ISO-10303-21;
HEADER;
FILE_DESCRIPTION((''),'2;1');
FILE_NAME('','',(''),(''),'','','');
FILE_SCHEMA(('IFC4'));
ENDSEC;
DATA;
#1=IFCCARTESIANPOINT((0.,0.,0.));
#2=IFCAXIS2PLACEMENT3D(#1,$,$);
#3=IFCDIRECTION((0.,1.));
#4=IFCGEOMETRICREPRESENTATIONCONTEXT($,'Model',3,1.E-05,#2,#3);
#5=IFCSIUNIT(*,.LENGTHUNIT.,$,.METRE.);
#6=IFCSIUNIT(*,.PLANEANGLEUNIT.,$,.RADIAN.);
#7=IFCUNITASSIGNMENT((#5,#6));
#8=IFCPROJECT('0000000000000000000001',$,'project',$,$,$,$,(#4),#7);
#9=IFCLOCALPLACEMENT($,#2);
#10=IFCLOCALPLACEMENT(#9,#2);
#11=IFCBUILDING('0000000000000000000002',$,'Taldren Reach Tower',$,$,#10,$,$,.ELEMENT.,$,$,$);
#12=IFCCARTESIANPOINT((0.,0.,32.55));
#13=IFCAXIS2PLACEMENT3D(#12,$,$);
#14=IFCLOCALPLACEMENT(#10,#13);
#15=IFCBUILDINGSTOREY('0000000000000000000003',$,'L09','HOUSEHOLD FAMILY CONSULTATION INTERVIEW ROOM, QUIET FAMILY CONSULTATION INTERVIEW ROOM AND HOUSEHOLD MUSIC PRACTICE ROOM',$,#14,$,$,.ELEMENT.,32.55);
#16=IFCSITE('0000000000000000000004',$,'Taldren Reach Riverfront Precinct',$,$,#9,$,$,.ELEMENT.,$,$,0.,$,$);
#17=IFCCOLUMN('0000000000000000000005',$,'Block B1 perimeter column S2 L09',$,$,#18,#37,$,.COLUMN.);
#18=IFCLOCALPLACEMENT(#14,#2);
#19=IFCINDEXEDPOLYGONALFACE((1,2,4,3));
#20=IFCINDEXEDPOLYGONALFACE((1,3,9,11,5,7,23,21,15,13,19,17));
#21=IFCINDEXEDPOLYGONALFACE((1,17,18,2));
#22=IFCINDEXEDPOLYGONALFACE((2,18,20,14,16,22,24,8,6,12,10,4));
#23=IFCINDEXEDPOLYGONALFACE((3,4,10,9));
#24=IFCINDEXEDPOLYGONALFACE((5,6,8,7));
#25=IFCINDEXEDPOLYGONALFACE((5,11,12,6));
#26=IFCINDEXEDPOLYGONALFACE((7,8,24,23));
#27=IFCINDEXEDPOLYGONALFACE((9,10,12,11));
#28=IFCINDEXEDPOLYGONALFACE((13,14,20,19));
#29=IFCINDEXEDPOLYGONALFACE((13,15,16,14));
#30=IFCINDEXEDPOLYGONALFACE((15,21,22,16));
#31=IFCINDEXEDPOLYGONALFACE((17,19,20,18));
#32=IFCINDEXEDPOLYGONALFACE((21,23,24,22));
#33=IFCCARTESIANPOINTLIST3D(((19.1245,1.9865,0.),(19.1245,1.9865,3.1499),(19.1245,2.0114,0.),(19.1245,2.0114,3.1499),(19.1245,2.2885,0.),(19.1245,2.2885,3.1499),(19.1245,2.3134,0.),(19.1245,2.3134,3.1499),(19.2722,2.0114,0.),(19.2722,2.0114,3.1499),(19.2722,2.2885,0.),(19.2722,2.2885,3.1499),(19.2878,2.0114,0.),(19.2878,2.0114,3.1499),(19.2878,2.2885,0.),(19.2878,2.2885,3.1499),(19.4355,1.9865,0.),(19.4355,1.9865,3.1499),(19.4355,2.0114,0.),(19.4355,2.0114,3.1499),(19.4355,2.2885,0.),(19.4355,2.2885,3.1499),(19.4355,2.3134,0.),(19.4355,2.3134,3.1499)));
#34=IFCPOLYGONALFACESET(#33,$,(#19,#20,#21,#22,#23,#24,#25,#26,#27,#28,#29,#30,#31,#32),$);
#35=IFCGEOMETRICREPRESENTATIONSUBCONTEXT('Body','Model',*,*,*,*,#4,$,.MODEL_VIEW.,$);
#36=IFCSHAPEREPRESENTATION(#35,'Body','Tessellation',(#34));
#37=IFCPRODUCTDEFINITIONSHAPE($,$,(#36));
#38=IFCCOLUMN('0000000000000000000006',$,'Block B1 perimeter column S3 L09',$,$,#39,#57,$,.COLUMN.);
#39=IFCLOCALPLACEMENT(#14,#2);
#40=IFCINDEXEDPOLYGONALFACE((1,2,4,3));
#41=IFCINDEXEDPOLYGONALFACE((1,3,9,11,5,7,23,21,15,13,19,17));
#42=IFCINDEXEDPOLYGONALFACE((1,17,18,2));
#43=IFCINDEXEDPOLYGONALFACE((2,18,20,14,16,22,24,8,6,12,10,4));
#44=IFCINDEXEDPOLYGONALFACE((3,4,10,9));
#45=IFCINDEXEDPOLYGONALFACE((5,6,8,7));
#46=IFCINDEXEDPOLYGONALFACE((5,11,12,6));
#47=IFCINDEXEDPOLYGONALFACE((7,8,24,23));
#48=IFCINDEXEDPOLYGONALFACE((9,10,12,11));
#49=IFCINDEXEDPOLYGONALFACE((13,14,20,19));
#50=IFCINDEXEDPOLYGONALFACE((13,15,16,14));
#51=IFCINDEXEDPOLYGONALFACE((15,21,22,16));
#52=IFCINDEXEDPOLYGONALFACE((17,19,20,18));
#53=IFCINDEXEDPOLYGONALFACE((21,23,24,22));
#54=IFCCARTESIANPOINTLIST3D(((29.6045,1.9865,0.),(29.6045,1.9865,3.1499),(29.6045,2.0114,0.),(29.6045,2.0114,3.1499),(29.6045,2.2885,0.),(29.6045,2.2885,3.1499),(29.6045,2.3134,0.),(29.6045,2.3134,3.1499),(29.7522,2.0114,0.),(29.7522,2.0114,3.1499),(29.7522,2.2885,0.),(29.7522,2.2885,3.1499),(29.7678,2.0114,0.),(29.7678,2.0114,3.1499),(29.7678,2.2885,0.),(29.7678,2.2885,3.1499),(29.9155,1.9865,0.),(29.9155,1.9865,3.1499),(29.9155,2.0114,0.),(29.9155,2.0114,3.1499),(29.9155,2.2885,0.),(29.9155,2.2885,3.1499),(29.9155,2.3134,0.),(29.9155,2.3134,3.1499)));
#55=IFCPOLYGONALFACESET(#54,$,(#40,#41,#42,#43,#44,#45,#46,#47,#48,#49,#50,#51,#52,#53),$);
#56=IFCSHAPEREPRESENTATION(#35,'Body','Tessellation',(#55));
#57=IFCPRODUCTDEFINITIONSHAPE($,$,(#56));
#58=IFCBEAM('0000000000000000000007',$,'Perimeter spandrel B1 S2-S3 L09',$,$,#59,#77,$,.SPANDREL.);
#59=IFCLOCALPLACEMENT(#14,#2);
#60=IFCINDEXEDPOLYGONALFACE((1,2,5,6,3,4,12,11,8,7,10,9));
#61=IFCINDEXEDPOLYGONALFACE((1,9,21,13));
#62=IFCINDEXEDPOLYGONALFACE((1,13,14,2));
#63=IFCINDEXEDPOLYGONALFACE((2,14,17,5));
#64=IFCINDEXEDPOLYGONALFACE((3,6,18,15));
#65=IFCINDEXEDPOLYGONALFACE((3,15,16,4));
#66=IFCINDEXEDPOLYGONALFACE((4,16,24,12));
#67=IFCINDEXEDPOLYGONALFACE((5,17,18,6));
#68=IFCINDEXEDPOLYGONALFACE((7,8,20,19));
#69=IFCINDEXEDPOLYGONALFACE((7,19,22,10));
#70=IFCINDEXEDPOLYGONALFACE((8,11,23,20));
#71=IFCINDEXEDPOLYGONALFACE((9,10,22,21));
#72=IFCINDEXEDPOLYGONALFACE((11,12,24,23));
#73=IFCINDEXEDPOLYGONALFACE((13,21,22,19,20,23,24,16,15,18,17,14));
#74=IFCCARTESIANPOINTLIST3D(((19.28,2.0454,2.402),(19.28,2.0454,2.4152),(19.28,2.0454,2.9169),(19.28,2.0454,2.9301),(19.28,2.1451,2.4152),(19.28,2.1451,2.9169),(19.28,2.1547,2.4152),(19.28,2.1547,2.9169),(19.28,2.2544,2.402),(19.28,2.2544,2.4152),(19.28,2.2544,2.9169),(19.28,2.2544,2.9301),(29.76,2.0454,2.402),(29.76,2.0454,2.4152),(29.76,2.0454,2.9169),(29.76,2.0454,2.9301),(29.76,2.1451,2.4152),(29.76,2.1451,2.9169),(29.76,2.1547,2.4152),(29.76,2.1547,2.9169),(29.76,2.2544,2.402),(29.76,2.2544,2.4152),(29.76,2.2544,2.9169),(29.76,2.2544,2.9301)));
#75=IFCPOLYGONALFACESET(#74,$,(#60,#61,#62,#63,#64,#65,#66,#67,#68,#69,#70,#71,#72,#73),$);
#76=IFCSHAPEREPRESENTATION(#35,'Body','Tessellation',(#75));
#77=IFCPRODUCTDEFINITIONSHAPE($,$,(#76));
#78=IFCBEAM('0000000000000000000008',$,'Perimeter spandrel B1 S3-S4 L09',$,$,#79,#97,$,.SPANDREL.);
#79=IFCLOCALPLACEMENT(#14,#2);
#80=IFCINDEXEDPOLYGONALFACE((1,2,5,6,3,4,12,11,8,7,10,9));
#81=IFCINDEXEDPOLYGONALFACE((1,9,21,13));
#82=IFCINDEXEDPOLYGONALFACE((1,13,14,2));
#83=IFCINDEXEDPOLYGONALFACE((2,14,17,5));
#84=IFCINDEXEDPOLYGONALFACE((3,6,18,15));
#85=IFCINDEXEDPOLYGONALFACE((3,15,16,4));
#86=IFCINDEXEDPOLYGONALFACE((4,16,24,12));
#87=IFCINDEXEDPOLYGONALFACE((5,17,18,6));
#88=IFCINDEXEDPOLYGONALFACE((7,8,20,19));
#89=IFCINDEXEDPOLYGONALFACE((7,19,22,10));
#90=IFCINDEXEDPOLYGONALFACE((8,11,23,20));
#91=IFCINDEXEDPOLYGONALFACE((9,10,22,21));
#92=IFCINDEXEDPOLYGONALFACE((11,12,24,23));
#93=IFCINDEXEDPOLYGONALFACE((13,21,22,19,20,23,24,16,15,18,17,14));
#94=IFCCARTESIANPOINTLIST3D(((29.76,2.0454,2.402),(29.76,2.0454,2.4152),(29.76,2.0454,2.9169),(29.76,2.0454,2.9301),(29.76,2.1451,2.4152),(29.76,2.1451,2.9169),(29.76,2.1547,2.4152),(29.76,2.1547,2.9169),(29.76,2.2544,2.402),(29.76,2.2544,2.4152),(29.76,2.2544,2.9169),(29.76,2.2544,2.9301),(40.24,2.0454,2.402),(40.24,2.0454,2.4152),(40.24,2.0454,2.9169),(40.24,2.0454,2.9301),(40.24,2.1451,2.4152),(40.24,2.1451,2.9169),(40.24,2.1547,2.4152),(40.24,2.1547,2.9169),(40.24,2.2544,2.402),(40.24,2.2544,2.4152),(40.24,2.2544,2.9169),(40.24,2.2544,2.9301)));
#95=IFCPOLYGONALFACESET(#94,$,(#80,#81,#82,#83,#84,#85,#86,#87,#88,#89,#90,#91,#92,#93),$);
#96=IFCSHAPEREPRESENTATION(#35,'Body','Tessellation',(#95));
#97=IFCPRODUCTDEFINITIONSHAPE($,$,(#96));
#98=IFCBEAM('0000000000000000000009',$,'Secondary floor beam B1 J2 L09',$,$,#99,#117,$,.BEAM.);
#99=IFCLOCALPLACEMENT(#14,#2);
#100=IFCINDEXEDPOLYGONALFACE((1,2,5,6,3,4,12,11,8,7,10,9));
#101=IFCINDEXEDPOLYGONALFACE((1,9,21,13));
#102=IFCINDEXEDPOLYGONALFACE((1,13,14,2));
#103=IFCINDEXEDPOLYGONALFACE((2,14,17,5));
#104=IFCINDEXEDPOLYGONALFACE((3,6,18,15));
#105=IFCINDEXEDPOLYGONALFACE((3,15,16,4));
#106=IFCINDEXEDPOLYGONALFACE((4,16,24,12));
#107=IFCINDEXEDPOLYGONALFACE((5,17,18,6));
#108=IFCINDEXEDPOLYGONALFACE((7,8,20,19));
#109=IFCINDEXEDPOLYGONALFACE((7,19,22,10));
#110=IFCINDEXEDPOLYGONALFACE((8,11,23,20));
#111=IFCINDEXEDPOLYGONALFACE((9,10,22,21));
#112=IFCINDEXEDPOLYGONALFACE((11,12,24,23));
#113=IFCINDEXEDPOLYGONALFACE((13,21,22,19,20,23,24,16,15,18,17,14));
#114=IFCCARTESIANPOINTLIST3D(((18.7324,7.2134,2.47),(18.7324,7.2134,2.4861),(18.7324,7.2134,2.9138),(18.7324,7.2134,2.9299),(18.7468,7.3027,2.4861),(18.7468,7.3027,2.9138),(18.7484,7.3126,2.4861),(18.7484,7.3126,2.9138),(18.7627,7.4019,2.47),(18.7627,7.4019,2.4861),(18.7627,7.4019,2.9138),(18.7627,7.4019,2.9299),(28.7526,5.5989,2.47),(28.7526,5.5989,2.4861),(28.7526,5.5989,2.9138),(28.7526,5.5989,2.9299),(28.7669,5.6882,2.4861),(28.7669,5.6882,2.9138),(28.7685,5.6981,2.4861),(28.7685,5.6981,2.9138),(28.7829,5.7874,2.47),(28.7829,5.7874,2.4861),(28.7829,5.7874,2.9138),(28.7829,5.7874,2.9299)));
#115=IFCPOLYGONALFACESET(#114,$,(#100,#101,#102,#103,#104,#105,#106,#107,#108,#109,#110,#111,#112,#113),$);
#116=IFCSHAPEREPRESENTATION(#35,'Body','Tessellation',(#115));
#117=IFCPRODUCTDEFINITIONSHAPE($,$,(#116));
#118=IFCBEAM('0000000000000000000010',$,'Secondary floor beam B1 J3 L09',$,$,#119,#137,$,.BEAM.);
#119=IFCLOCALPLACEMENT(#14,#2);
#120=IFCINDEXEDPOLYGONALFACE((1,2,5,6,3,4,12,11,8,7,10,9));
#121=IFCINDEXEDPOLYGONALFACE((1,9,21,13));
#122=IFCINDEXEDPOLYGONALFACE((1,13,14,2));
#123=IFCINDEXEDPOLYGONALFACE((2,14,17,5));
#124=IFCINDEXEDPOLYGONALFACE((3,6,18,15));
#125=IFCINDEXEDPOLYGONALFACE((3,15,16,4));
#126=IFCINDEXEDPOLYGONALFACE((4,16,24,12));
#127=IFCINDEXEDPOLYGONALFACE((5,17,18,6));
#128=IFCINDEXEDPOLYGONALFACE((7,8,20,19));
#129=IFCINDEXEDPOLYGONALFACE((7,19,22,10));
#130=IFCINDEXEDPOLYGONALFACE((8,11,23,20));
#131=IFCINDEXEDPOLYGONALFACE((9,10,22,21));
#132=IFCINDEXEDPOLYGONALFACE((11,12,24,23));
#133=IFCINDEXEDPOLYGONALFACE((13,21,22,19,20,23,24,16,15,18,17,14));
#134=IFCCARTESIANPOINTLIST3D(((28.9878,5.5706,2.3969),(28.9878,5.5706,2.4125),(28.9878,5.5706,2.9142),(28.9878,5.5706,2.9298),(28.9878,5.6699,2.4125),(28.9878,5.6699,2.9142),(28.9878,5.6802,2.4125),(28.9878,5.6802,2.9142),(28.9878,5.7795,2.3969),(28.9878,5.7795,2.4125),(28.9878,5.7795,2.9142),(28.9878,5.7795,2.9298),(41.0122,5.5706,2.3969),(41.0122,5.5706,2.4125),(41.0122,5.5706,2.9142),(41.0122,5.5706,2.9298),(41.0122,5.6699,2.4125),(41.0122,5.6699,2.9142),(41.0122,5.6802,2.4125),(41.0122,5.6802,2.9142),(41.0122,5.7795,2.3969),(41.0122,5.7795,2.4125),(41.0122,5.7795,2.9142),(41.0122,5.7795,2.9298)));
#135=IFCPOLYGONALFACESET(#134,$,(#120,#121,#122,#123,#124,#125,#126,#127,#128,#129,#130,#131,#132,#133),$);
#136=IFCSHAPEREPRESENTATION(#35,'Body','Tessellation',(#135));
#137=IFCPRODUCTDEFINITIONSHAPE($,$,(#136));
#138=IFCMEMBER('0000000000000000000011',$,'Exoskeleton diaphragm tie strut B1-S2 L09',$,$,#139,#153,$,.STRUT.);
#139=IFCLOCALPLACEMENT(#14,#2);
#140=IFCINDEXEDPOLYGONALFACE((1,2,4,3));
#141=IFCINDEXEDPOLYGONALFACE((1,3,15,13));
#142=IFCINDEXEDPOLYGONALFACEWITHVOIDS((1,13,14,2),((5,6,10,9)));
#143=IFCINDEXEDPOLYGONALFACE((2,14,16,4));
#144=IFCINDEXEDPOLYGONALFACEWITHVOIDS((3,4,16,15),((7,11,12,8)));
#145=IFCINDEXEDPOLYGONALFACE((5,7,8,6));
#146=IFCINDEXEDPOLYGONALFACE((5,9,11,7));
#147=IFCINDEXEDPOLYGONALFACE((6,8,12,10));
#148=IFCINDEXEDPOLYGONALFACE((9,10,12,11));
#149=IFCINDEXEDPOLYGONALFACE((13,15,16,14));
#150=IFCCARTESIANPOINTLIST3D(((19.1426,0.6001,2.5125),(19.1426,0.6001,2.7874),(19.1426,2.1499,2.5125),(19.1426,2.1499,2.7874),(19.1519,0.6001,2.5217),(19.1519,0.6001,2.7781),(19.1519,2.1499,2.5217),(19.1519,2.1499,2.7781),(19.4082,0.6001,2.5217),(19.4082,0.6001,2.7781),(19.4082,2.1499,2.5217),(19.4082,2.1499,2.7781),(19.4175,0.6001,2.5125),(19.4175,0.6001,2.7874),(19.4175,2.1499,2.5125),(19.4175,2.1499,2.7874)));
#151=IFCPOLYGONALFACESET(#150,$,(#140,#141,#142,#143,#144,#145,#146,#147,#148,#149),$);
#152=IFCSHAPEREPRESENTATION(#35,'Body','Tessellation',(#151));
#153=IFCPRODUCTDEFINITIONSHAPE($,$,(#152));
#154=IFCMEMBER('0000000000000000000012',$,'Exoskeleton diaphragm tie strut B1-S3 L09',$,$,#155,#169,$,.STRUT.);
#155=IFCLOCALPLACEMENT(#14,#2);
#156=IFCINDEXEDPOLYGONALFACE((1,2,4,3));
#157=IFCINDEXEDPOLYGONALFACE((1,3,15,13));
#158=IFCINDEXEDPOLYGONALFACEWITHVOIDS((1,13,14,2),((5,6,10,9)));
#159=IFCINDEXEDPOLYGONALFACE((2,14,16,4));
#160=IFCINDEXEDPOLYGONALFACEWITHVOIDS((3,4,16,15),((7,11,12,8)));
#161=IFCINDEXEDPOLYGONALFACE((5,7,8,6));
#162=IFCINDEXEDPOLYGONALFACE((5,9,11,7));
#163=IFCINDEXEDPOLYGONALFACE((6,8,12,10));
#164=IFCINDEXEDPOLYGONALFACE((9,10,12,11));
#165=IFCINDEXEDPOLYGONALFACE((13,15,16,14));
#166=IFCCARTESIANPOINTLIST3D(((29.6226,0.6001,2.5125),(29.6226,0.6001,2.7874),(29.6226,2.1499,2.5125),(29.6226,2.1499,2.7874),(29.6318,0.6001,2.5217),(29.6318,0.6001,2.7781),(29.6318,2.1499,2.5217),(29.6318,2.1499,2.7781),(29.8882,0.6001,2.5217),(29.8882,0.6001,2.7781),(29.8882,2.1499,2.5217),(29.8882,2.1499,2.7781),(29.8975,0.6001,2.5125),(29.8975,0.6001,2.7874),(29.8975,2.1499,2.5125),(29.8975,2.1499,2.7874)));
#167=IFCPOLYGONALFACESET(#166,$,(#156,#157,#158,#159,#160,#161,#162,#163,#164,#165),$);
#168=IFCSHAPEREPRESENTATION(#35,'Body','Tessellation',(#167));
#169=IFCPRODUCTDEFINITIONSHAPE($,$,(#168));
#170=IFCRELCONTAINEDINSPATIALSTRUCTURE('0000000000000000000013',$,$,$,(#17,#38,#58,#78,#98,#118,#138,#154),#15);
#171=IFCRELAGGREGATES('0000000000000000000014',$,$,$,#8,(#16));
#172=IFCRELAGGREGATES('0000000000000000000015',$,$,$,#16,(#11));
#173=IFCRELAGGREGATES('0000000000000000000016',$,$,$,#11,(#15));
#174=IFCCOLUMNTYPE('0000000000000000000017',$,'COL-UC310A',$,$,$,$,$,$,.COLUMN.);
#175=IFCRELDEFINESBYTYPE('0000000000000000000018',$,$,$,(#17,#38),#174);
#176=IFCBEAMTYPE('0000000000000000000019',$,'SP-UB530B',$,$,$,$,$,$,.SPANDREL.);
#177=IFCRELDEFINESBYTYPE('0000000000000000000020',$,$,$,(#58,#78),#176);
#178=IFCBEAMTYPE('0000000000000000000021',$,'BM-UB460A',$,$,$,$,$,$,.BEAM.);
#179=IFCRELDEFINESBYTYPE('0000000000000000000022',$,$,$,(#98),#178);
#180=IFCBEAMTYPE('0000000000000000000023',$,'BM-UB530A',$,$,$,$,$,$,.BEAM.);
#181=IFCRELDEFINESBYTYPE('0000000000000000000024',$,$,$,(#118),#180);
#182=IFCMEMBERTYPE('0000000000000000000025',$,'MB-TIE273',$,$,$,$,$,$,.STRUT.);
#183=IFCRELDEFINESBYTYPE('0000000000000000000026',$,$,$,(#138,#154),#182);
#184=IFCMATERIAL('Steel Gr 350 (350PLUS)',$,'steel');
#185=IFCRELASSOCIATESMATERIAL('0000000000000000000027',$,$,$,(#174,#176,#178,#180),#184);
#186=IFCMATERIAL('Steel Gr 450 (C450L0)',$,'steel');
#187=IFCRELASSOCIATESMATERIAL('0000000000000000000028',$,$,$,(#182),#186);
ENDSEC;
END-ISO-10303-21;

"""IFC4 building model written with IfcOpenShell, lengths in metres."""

from ifc_helpers import new_model, si_unit, direction, frame, origin, origin_2d, place, context, subcontext, project, spatial, hollow_rectangle, i_section, extrude, source, transform, mapped, material, material_profile, profile_set, type_object, element, save


model = new_model("IFC4")

# Units and contexts
model_context = context("Model", 3, precision=1e-05, world=origin(), true_north=direction((0.0, 1.0)))
body_context = subcontext(model_context, "Body", "Model", "MODEL_VIEW")
ifc_project = project(units=[si_unit("LENGTHUNIT", "METRE"), si_unit("PLANEANGLEUNIT", "RADIAN")], contexts=[model_context])

# Site, building, storey
site_placement = place(None, origin())
site = spatial("IfcSite", under=ifc_project, at=site_placement, Name="Taldren Reach Riverfront Precinct", CompositionType="ELEMENT", RefElevation=0.0)
building_placement = place(site_placement, origin())
building = spatial("IfcBuilding", under=site, at=building_placement, Name="Taldren Reach Tower", CompositionType="ELEMENT")
storey_placement = place(building_placement, frame((0.0, 0.0, 32.55)))
storey = spatial("IfcBuildingStorey", under=building, at=storey_placement, Name="L09", Description="HOUSEHOLD FAMILY CONSULTATION INTERVIEW ROOM, QUIET FAMILY CONSULTATION INTERVIEW ROOM AND HOUSEHOLD MUSIC PRACTICE ROOM", CompositionType="ELEMENT", Elevation=32.55)

# Columns
ifc_material_1 = material(Name="Steel Gr 350 (350PLUS)", Category="steel")
ifc_material_profile_1 = material_profile(ifc_material_1, i_section(OverallWidth=0.311, OverallDepth=0.3269, WebThickness=0.0156, FlangeThickness=0.0249, at=origin_2d()), Name="310UC158")
ifc_profile_set_1 = profile_set([ifc_material_profile_1], Name="Steel Gr 350 (350PLUS)")
column_type = type_object("IfcColumnType", Name="COL-UC310A", PredefinedType="COLUMN", material=ifc_profile_set_1)
shared_shape_1 = source(origin(), body_context, "Body", "SweptSolid", [
    extrude(i_section(OverallWidth=0.311, OverallDepth=0.3269, WebThickness=0.0156, FlangeThickness=0.0249, at=origin_2d()), origin(), (0.0, 0.0, 1.0), 3.1499),
])
for number, where, z_axis, x_axis, name in (
    (1, (19.28, 2.1499, 0.0), (0.0, 0.0, 1.0), (1.0, 0.0, 0.0), "Block B1 perimeter column S2 L09"),
    (2, (29.76, 2.1499, 0.0), (0.0, 0.0, 1.0), (1.0, 0.0, 0.0), "Block B1 perimeter column S3 L09"),
):
    element("IfcColumn", number, at=place(storey_placement, frame(where, z_axis=z_axis, x_axis=x_axis)), inside=storey, type_object=column_type, Name=name, PredefinedType="COLUMN", context=body_context, shape_type="MappedRepresentation", body=[
        mapped(shared_shape_1, transform((0.0, 0.0, 0.0), scale=1.0)),
    ])

# Beams
ifc_material_profile_2 = material_profile(ifc_material_1, i_section(OverallWidth=0.209, OverallDepth=0.5281, WebThickness=0.0095, FlangeThickness=0.0132, at=origin_2d()), Name="530UB82.0")
ifc_profile_set_2 = profile_set([ifc_material_profile_2], Name="Steel Gr 350 (350PLUS)")
beam_type_1 = type_object("IfcBeamType", Name="SP-UB530B", PredefinedType="SPANDREL", material=ifc_profile_set_2)
shared_shape_2 = source(origin(), body_context, "Body", "SweptSolid", [
    extrude(i_section(OverallWidth=0.209, OverallDepth=0.5281, WebThickness=0.0095, FlangeThickness=0.0132, at=origin_2d()), origin(), (0.0, 0.0, 1.0), 10.48),
])
for number, where, z_axis, x_axis, name in (
    (3, (19.28, 2.1499, 2.666), (1.0, 0.0, 0.0), (0.0, 1.0, 0.0), "Perimeter spandrel B1 S2-S3 L09"),
    (4, (29.76, 2.1499, 2.666), (1.0, 0.0, 0.0), (0.0, 1.0, 0.0), "Perimeter spandrel B1 S3-S4 L09"),
):
    element("IfcBeam", number, at=place(storey_placement, frame(where, z_axis=z_axis, x_axis=x_axis)), inside=storey, type_object=beam_type_1, Name=name, PredefinedType="SPANDREL", context=body_context, shape_type="MappedRepresentation", body=[
        mapped(shared_shape_2, transform((0.0, 0.0, 0.0), scale=1.0)),
    ])
ifc_material_profile_3 = material_profile(ifc_material_1, i_section(OverallWidth=0.1909, OverallDepth=0.46, WebThickness=0.01, FlangeThickness=0.0161, at=origin_2d()), Name="460UB82.1")
ifc_profile_set_3 = profile_set([ifc_material_profile_3], Name="Steel Gr 350 (350PLUS)")
beam_type_2 = type_object("IfcBeamType", Name="BM-UB460A", PredefinedType="BEAM", material=ifc_profile_set_3)
shared_shape_3 = source(origin(), body_context, "Body", "SweptSolid", [
    extrude(i_section(OverallWidth=0.1909, OverallDepth=0.46, WebThickness=0.01, FlangeThickness=0.0161, at=origin_2d()), origin(), (0.0, 0.0, 1.0), 10.1494),
])
beam_1_placement = place(storey_placement, frame((18.7476, 7.3076, 2.7), z_axis=(0.987267, -0.159072, 0.0), x_axis=(0.159072, 0.987267, 0.0)))
element("IfcBeam", 5, at=beam_1_placement, inside=storey, type_object=beam_type_2, Name="Secondary floor beam B1 J2 L09", PredefinedType="BEAM", context=body_context, shape_type="MappedRepresentation", body=[
    mapped(shared_shape_3, transform((0.0, 0.0, 0.0), scale=1.0)),
])
ifc_material_profile_4 = material_profile(ifc_material_1, i_section(OverallWidth=0.209, OverallDepth=0.533, WebThickness=0.0103, FlangeThickness=0.0156, at=origin_2d()), Name="530UB92.4")
ifc_profile_set_4 = profile_set([ifc_material_profile_4], Name="Steel Gr 350 (350PLUS)")
beam_type_3 = type_object("IfcBeamType", Name="BM-UB530A", PredefinedType="BEAM", material=ifc_profile_set_4)
shared_shape_4 = source(origin(), body_context, "Body", "SweptSolid", [
    extrude(i_section(OverallWidth=0.209, OverallDepth=0.533, WebThickness=0.0103, FlangeThickness=0.0156, at=origin_2d()), origin(), (0.0, 0.0, 1.0), 12.0244),
])
beam_2_placement = place(storey_placement, frame((28.9878, 5.675, 2.6633), z_axis=(1.0, 0.0, 0.0), x_axis=(0.0, 1.0, 0.0)))
element("IfcBeam", 6, at=beam_2_placement, inside=storey, type_object=beam_type_3, Name="Secondary floor beam B1 J3 L09", PredefinedType="BEAM", context=body_context, shape_type="MappedRepresentation", body=[
    mapped(shared_shape_4, transform((0.0, 0.0, 0.0), scale=1.0)),
])

# Members
ifc_material_2 = material(Name="Steel Gr 450 (C450L0)", Category="steel")
ifc_material_profile_5 = material_profile(ifc_material_2, hollow_rectangle(XDim=0.2749, YDim=0.2749, WallThickness=0.0093, at=origin_2d()), Name="275x275x9.3SHS")
ifc_profile_set_5 = profile_set([ifc_material_profile_5], Name="Steel Gr 450 (C450L0)")
member_type_1 = type_object("IfcMemberType", Name="MB-TIE273", PredefinedType="STRUT", material=ifc_profile_set_5)
shared_shape_5 = source(origin(), body_context, "Body", "SweptSolid", [
    extrude(hollow_rectangle(XDim=0.2749, YDim=0.2749, WallThickness=0.0093, at=origin_2d()), origin(), (0.0, 0.0, 1.0), 1.5498),
])
for number, where, z_axis, x_axis, name in (
    (7, (19.28, 2.1499, 2.6499), (0.0, -1.0, 0.0), (1.0, 0.0, 0.0), "Exoskeleton diaphragm tie strut B1-S2 L09"),
    (8, (29.76, 2.1499, 2.6499), (0.0, -1.0, 0.0), (1.0, 0.0, 0.0), "Exoskeleton diaphragm tie strut B1-S3 L09"),
):
    element("IfcMember", number, at=place(storey_placement, frame(where, z_axis=z_axis, x_axis=x_axis)), inside=storey, type_object=member_type_1, Name=name, PredefinedType="STRUT", context=body_context, shape_type="MappedRepresentation", body=[
        mapped(shared_shape_5, transform((0.0, 0.0, 0.0), scale=1.0)),
    ])

save(model, "model.ifc")
